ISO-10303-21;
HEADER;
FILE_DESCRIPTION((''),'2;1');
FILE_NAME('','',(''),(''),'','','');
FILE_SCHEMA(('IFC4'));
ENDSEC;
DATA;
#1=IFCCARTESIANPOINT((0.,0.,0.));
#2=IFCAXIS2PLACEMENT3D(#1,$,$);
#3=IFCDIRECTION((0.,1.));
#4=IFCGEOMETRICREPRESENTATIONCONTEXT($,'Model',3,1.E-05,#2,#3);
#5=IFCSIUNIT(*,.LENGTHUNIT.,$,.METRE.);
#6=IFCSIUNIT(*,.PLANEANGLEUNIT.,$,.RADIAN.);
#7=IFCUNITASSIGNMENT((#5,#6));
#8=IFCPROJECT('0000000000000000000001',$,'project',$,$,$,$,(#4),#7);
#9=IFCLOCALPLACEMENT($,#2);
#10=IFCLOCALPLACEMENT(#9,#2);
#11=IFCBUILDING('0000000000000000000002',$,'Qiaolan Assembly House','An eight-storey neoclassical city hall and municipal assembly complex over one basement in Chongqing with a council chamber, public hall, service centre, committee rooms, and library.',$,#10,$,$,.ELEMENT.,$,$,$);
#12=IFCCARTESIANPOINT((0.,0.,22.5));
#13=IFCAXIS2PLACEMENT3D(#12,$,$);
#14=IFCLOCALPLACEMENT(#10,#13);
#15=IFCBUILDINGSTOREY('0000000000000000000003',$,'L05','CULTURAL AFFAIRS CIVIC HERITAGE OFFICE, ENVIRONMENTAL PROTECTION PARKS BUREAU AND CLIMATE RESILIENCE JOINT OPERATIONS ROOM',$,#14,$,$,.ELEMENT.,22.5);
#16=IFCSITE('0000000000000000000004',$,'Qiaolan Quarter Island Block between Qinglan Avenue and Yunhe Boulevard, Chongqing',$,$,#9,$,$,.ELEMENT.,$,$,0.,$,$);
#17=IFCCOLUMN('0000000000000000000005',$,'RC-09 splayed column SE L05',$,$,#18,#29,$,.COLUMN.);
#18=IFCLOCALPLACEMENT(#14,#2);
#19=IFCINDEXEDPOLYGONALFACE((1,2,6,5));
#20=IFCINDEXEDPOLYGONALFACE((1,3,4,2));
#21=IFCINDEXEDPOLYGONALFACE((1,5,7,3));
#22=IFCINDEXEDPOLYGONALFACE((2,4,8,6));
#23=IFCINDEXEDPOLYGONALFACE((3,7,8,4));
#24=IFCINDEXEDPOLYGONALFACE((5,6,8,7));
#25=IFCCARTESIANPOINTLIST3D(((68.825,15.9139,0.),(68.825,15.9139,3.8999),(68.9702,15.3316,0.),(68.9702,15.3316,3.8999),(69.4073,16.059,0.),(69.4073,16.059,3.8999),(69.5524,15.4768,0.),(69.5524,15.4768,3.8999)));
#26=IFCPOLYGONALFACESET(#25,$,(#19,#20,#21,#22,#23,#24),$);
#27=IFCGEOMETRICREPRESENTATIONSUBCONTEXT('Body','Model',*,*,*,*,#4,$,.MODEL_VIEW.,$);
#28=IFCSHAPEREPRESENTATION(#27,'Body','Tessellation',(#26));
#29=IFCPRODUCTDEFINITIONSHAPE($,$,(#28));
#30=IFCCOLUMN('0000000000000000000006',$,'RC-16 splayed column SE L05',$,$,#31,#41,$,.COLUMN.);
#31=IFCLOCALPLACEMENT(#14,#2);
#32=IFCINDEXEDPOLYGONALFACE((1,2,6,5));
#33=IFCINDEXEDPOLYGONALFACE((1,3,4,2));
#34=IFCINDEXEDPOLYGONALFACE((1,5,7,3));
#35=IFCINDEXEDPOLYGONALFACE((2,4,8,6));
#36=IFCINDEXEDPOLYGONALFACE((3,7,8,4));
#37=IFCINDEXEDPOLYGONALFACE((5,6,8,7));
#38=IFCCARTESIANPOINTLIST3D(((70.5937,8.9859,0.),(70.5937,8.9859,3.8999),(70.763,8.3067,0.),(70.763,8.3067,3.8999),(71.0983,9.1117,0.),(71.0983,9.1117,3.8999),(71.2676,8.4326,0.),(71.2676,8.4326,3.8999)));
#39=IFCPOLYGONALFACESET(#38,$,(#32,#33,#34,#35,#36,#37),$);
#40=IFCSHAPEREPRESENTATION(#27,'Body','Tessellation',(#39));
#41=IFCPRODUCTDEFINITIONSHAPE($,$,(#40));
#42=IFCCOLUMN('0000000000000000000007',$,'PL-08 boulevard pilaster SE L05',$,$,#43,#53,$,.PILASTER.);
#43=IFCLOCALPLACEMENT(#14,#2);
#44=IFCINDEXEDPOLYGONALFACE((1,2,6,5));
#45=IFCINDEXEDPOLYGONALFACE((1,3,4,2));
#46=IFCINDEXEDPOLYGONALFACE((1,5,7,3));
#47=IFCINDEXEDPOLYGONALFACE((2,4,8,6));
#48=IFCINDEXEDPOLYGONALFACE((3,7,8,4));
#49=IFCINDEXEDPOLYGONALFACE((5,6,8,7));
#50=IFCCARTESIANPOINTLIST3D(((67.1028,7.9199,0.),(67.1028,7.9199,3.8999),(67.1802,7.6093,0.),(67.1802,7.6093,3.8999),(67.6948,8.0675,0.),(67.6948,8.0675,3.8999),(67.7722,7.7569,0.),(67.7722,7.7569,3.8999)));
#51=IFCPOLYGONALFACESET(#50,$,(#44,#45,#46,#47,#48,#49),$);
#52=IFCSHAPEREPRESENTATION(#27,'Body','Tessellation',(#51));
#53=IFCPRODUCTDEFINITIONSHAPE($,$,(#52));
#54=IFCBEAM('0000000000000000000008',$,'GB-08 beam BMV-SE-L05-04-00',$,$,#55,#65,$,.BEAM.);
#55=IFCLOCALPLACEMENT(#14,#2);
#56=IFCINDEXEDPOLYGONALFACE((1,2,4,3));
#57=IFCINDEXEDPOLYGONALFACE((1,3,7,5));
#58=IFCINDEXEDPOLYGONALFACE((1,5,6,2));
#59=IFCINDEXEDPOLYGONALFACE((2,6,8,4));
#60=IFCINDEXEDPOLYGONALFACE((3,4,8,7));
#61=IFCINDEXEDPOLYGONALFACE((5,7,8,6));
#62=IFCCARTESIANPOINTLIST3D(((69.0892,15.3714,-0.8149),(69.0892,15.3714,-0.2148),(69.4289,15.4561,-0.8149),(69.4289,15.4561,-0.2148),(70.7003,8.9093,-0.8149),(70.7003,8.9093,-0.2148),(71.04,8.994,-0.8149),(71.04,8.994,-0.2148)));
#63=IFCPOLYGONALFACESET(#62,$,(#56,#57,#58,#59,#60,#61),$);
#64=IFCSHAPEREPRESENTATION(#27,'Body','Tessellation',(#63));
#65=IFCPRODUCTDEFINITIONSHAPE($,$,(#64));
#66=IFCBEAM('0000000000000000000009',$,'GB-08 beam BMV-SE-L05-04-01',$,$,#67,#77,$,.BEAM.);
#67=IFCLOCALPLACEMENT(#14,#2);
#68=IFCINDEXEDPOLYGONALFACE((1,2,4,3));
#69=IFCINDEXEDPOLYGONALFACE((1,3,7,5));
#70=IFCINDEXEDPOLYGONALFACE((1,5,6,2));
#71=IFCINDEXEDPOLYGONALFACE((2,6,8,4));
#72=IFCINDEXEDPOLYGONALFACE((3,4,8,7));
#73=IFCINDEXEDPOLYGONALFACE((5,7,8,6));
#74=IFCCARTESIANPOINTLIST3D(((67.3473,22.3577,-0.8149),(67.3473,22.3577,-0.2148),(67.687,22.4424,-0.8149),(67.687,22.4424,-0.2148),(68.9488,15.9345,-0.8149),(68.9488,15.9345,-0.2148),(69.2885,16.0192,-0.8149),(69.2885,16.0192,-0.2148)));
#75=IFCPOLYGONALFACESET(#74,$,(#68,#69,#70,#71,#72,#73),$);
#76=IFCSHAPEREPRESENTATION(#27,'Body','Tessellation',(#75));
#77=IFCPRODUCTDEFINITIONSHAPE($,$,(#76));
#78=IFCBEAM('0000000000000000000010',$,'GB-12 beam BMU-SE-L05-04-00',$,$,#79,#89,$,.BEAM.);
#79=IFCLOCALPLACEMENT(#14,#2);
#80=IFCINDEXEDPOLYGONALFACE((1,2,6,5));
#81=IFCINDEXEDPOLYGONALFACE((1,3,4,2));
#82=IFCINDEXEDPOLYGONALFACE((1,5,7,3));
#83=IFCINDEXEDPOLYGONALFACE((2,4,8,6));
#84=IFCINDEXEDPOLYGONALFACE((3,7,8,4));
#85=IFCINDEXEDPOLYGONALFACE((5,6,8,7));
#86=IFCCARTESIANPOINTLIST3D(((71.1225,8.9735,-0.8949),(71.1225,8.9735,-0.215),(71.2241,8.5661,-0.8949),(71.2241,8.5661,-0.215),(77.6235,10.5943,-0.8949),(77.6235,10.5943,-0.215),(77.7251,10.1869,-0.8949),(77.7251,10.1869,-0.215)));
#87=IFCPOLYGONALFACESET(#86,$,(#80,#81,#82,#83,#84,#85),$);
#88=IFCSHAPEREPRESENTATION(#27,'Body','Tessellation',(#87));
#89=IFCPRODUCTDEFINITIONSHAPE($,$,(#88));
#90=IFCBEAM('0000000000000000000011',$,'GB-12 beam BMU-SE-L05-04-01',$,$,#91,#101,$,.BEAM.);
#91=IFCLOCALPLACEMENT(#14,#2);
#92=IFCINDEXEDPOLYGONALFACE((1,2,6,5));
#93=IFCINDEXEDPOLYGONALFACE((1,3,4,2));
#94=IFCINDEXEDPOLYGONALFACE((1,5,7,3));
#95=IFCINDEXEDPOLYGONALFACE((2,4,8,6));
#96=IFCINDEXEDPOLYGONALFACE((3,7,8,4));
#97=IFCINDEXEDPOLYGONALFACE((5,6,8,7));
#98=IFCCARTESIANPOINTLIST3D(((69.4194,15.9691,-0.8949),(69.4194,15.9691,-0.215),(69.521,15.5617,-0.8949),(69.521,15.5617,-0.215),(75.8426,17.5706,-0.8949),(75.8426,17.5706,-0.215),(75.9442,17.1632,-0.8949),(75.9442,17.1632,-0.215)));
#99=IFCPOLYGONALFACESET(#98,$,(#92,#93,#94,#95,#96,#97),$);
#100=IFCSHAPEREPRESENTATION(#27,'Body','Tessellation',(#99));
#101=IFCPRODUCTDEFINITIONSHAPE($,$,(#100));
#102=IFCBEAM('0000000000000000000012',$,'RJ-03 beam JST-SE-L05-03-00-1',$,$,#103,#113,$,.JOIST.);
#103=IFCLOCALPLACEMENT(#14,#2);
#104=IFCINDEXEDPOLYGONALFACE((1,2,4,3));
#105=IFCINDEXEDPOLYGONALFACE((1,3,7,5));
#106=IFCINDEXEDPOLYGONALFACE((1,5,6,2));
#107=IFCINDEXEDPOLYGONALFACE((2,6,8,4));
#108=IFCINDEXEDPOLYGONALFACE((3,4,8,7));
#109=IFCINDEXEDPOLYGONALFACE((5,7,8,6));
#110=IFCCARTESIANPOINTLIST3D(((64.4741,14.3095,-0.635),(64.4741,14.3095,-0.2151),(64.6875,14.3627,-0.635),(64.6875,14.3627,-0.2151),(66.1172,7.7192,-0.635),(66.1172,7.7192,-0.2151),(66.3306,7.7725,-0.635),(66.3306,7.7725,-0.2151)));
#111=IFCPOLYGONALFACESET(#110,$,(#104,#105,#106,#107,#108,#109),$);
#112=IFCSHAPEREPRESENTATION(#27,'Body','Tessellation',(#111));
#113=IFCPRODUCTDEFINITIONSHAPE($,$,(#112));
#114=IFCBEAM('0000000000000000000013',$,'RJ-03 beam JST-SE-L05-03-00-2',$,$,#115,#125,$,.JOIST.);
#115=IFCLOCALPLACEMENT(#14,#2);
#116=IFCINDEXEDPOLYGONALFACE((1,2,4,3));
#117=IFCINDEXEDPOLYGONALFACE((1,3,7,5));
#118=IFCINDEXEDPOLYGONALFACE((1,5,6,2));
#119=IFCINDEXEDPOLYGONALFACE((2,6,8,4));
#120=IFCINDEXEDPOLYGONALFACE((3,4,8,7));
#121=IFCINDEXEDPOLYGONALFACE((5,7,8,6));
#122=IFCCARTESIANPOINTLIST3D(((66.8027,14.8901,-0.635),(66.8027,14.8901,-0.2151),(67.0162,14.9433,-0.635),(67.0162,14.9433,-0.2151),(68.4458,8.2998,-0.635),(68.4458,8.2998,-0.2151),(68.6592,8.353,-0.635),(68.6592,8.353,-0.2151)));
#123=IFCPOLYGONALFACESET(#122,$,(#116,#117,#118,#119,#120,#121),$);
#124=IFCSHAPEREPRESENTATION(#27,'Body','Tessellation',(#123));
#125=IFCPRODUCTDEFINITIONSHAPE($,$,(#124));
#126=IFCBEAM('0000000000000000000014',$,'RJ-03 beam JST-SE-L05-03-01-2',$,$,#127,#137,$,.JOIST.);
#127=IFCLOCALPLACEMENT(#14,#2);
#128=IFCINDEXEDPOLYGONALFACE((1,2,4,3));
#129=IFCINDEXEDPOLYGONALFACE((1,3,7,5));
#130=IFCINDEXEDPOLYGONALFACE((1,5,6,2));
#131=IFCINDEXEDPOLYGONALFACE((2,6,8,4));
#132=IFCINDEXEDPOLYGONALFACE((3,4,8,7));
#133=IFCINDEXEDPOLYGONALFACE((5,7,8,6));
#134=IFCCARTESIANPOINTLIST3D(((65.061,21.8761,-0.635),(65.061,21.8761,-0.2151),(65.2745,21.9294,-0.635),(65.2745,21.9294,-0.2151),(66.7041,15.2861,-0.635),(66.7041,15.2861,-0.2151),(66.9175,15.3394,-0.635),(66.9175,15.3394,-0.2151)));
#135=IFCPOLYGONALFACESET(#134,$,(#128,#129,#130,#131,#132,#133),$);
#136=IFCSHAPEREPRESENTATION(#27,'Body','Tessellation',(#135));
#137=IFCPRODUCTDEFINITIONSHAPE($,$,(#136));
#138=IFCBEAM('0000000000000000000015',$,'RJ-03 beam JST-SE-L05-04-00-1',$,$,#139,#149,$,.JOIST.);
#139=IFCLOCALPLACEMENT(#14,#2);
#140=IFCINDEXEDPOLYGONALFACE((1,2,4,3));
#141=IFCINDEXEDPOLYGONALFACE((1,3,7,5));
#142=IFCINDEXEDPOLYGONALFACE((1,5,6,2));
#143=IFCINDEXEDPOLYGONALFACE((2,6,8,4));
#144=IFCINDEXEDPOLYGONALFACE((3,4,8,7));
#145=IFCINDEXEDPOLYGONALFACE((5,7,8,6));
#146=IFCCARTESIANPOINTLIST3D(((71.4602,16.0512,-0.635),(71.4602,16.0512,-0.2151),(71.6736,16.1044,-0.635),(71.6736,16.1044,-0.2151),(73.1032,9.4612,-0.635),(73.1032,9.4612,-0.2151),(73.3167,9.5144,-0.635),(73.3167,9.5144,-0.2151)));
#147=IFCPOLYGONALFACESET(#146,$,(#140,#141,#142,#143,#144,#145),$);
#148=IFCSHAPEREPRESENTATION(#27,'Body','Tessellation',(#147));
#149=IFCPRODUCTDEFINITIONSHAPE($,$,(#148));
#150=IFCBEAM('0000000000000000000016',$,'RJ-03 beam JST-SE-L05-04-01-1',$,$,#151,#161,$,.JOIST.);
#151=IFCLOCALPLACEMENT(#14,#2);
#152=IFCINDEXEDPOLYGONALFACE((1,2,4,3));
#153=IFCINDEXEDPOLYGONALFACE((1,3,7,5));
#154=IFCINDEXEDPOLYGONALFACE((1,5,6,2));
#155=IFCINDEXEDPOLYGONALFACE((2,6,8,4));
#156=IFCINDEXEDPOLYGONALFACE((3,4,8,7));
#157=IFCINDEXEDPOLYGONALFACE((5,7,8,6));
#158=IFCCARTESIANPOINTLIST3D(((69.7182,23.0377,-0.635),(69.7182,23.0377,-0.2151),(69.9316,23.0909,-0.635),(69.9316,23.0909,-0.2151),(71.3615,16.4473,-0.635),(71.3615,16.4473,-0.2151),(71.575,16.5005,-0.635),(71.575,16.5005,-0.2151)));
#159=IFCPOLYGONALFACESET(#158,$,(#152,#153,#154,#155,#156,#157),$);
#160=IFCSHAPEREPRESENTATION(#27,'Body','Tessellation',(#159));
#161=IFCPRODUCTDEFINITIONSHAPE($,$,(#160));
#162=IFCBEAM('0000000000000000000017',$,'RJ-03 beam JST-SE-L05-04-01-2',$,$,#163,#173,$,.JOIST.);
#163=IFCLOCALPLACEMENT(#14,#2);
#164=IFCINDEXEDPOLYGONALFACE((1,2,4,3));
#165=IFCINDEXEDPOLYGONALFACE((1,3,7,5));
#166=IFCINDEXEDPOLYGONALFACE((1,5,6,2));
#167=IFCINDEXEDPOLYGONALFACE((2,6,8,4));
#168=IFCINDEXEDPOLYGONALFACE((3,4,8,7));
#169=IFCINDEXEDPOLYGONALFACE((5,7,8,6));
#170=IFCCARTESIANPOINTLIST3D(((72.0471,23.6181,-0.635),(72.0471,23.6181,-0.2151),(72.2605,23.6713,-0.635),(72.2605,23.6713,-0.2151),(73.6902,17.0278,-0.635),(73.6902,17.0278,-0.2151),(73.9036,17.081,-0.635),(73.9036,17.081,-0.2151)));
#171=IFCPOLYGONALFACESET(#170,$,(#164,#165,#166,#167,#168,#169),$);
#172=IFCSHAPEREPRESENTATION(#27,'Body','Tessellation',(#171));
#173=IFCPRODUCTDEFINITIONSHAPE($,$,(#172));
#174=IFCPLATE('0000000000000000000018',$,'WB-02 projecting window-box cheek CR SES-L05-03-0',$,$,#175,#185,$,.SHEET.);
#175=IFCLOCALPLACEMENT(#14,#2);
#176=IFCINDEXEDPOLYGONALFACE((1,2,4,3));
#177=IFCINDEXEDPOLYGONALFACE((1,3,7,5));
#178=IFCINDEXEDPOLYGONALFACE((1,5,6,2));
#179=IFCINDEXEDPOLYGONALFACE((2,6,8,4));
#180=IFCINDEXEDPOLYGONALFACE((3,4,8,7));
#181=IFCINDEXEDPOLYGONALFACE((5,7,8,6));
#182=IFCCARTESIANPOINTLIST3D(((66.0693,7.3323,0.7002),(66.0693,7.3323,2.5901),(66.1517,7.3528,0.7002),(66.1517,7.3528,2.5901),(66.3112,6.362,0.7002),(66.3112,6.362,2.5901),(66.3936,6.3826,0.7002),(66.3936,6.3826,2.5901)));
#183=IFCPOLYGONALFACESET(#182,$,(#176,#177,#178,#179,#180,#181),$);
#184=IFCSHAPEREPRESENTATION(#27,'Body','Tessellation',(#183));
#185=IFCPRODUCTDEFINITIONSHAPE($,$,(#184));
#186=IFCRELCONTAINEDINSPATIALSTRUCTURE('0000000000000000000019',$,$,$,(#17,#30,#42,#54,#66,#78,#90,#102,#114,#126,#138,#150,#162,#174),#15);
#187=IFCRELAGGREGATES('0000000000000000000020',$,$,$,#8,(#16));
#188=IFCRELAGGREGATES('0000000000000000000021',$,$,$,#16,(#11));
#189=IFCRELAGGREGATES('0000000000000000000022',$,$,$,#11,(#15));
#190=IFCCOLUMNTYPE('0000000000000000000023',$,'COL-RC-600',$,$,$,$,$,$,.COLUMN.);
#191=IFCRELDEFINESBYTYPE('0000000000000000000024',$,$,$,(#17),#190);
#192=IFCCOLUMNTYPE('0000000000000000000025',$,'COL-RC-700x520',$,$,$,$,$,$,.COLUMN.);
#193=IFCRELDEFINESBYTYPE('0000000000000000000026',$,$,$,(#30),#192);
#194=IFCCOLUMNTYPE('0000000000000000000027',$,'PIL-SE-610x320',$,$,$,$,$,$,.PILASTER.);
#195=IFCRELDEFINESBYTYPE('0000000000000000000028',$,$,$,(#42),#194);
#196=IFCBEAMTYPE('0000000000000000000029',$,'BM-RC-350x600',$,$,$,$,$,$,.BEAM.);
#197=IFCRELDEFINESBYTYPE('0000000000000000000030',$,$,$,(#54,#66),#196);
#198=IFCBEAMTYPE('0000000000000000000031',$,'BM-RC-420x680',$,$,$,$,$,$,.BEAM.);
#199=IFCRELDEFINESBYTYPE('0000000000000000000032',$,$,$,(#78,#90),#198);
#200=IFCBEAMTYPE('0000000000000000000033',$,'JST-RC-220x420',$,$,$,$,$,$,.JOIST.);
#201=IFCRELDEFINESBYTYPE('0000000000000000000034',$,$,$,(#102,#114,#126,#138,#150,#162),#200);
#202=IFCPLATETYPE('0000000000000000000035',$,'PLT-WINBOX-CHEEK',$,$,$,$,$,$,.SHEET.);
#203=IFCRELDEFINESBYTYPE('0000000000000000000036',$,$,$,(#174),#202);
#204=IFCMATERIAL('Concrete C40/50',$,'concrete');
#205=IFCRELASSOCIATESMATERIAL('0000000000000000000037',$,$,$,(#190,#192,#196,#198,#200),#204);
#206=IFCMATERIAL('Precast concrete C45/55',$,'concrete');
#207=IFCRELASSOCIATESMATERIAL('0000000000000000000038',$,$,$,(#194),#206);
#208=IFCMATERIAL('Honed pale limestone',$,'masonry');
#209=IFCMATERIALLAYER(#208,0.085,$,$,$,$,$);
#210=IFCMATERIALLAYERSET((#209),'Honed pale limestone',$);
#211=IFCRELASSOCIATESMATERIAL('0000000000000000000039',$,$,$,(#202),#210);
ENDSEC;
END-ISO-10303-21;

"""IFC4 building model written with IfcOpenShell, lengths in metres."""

from ifc_helpers import new_model, si_unit, direction, frame, origin, origin_2d, place, context, subcontext, project, spatial, rectangle, extrude, material, layer, layer_set, material_profile, profile_set, type_object, element, save


model = new_model("IFC4")

# Units and contexts
model_context = context("Model", 3, precision=1e-05, world=origin(), true_north=direction((0.0, 1.0)))
body_context = subcontext(model_context, "Body", "Model", "MODEL_VIEW")
ifc_project = project(units=[si_unit("LENGTHUNIT", "METRE"), si_unit("PLANEANGLEUNIT", "RADIAN")], contexts=[model_context])

# Site, building, storey
site_placement = place(None, origin())
site = spatial("IfcSite", under=ifc_project, at=site_placement, Name="Qiaolan Quarter Island Block between Qinglan Avenue and Yunhe Boulevard, Chongqing", CompositionType="ELEMENT", RefElevation=0.0)
building_placement = place(site_placement, origin())
building = spatial("IfcBuilding", under=site, at=building_placement, Name="Qiaolan Assembly House", Description="An eight-storey neoclassical city hall and municipal assembly complex over one basement in Chongqing with a council chamber, public hall, service centre, committee rooms, and library.", CompositionType="ELEMENT")
storey_placement = place(building_placement, frame((0.0, 0.0, 22.5)))
storey = spatial("IfcBuildingStorey", under=building, at=storey_placement, Name="L05", Description="CULTURAL AFFAIRS CIVIC HERITAGE OFFICE, ENVIRONMENTAL PROTECTION PARKS BUREAU AND CLIMATE RESILIENCE JOINT OPERATIONS ROOM", CompositionType="ELEMENT", Elevation=22.5)

# Columns
ifc_material_1 = material(Name="Concrete C40/50", Category="concrete")
ifc_material_profile_1 = material_profile(ifc_material_1, rectangle(XDim=0.6001, YDim=0.6001, at=origin_2d()), Name="RC 600x600")
ifc_profile_set_1 = profile_set([ifc_material_profile_1], Name="Concrete C40/50")
column_type_1 = type_object("IfcColumnType", Name="COL-RC-600", PredefinedType="COLUMN", material=ifc_profile_set_1)
column_1_placement = place(storey_placement, frame((69.1887, 15.6953, 0.0), z_axis=(0.0, 0.0, 1.0), x_axis=(0.970296, 0.241922, 0.0)))
element("IfcColumn", 1, at=column_1_placement, inside=storey, type_object=column_type_1, Name="RC-09 splayed column SE L05", PredefinedType="COLUMN", context=body_context, shape_type="SweptSolid", body=[
    extrude(rectangle(XDim=0.6001, YDim=0.6001, at=origin_2d()), origin(), (0.0, 0.0, 1.0), 3.8999),
])
ifc_material_profile_2 = material_profile(ifc_material_1, rectangle(XDim=0.52, YDim=0.7, at=origin_2d()), Name="RC 700x520")
ifc_profile_set_2 = profile_set([ifc_material_profile_2], Name="Concrete C40/50")
column_type_2 = type_object("IfcColumnType", Name="COL-RC-700x520", PredefinedType="COLUMN", material=ifc_profile_set_2)
column_2_placement = place(storey_placement, frame((70.9307, 8.7092, 0.0), z_axis=(0.0, 0.0, 1.0), x_axis=(0.970296, 0.241922, 0.0)))
element("IfcColumn", 2, at=column_2_placement, inside=storey, type_object=column_type_2, Name="RC-16 splayed column SE L05", PredefinedType="COLUMN", context=body_context, shape_type="SweptSolid", body=[
    extrude(rectangle(XDim=0.52, YDim=0.7, at=origin_2d()), origin(), (0.0, 0.0, 1.0), 3.8999),
])
ifc_material_2 = material(Name="Precast concrete C45/55", Category="concrete")
ifc_material_profile_3 = material_profile(ifc_material_2, rectangle(XDim=0.6101, YDim=0.3201, at=origin_2d()), Name="PIL 610x320")
ifc_profile_set_3 = profile_set([ifc_material_profile_3], Name="Precast concrete C45/55")
column_type_3 = type_object("IfcColumnType", Name="PIL-SE-610x320", PredefinedType="PILASTER", material=ifc_profile_set_3)
column_3_placement = place(storey_placement, frame((67.4375, 7.8384, 0.0), z_axis=(0.0, 0.0, 1.0), x_axis=(0.970296, 0.241922, 0.0)))
element("IfcColumn", 3, at=column_3_placement, inside=storey, type_object=column_type_3, Name="PL-08 boulevard pilaster SE L05", PredefinedType="PILASTER", context=body_context, shape_type="SweptSolid", body=[
    extrude(rectangle(XDim=0.6101, YDim=0.3201, at=origin_2d()), origin(), (0.0, 0.0, 1.0), 3.8999),
])

# Beams
ifc_material_profile_4 = material_profile(ifc_material_1, rectangle(XDim=0.3501, YDim=0.6001, at=origin_2d()), Name="RCB 350x600")
ifc_profile_set_4 = profile_set([ifc_material_profile_4], Name="Concrete C40/50")
beam_type_1 = type_object("IfcBeamType", Name="BM-RC-350x600", PredefinedType="BEAM", material=ifc_profile_set_4)
beam_1_placement = place(storey_placement, frame((70.8701, 8.9517, -0.5149), z_axis=(-0.241906, 0.9703, 0.0), x_axis=(-0.9703, -0.241906, 0.0)))
element("IfcBeam", 4, at=beam_1_placement, inside=storey, type_object=beam_type_1, Name="GB-08 beam BMV-SE-L05-04-00", PredefinedType="BEAM", context=body_context, shape_type="SweptSolid", body=[
    extrude(rectangle(XDim=0.3501, YDim=0.6001, at=origin_2d()), origin(), (0.0, 0.0, 1.0), 6.6599),
])
beam_2_placement = place(storey_placement, frame((69.1187, 15.9768, -0.5149), z_axis=(-0.241928, 0.970294, 0.0), x_axis=(-0.970294, -0.241928, 0.0)))
element("IfcBeam", 5, at=beam_2_placement, inside=storey, type_object=beam_type_1, Name="GB-08 beam BMV-SE-L05-04-01", PredefinedType="BEAM", context=body_context, shape_type="SweptSolid", body=[
    extrude(rectangle(XDim=0.3501, YDim=0.6001, at=origin_2d()), origin(), (0.0, 0.0, 1.0), 6.6199),
])
ifc_material_profile_5 = material_profile(ifc_material_1, rectangle(XDim=0.4199, YDim=0.6799, at=origin_2d()), Name="RCB 420x680")
ifc_profile_set_5 = profile_set([ifc_material_profile_5], Name="Concrete C40/50")
beam_type_2 = type_object("IfcBeamType", Name="BM-RC-420x680", PredefinedType="BEAM", material=ifc_profile_set_5)
beam_3_placement = place(storey_placement, frame((71.1733, 8.7698, -0.5549), z_axis=(0.970297, 0.241918, 0.0), x_axis=(-0.241918, 0.970297, 0.0)))
element("IfcBeam", 6, at=beam_3_placement, inside=storey, type_object=beam_type_2, Name="GB-12 beam BMU-SE-L05-04-00", PredefinedType="BEAM", context=body_context, shape_type="SweptSolid", body=[
    extrude(rectangle(XDim=0.4199, YDim=0.6799, at=origin_2d()), origin(), (0.0, 0.0, 1.0), 6.7),
])
beam_4_placement = place(storey_placement, frame((69.4702, 15.7654, -0.5549), z_axis=(0.970294, 0.241928, 0.0), x_axis=(-0.241928, 0.970294, 0.0)))
element("IfcBeam", 7, at=beam_4_placement, inside=storey, type_object=beam_type_2, Name="GB-12 beam BMU-SE-L05-04-01", PredefinedType="BEAM", context=body_context, shape_type="SweptSolid", body=[
    extrude(rectangle(XDim=0.4199, YDim=0.6799, at=origin_2d()), origin(), (0.0, 0.0, 1.0), 6.6199),
])
ifc_material_profile_6 = material_profile(ifc_material_1, rectangle(XDim=0.22, YDim=0.4199, at=origin_2d()), Name="RCB 220x420")
ifc_profile_set_6 = profile_set([ifc_material_profile_6], Name="Concrete C40/50")
beam_type_3 = type_object("IfcBeamType", Name="JST-RC-220x420", PredefinedType="JOIST", material=ifc_profile_set_6)
for number, where, z_axis, x_axis, name in (
    (8, (66.2239, 7.7458, -0.425), (-0.24191, 0.970299, 0.0), (-0.970299, -0.24191, 0.0), "RJ-03 beam JST-SE-L05-03-00-1"),
    (9, (68.5525, 8.3264, -0.425), (-0.24191, 0.970299, 0.0), (-0.970299, -0.24191, 0.0), "RJ-03 beam JST-SE-L05-03-00-2"),
):
    element("IfcBeam", number, at=place(storey_placement, frame(where, z_axis=z_axis, x_axis=x_axis)), inside=storey, type_object=beam_type_3, Name=name, PredefinedType="JOIST", context=body_context, shape_type="SweptSolid", body=[
        extrude(rectangle(XDim=0.22, YDim=0.4199, at=origin_2d()), origin(), (0.0, 0.0, 1.0), 6.792),
    ])
for number, where, z_axis, x_axis, name in (
    (10, (66.8108, 15.3127, -0.425), (-0.241918, 0.970297, 0.0), (-0.970297, -0.241918, 0.0), "RJ-03 beam JST-SE-L05-03-01-2"),
    (11, (73.21, 9.4878, -0.425), (-0.241918, 0.970297, 0.0), (-0.970297, -0.241918, 0.0), "RJ-03 beam JST-SE-L05-04-00-1"),
):
    element("IfcBeam", number, at=place(storey_placement, frame(where, z_axis=z_axis, x_axis=x_axis)), inside=storey, type_object=beam_type_3, Name=name, PredefinedType="JOIST", context=body_context, shape_type="SweptSolid", body=[
        extrude(rectangle(XDim=0.22, YDim=0.4199, at=origin_2d()), origin(), (0.0, 0.0, 1.0), 6.7917),
    ])
beam_5_placement = place(storey_placement, frame((71.4683, 16.4739, -0.425), z_axis=(-0.241944, 0.97029, 0.0), x_axis=(-0.97029, -0.241944, 0.0)))
element("IfcBeam", 12, at=beam_5_placement, inside=storey, type_object=beam_type_3, Name="RJ-03 beam JST-SE-L05-04-01-1", PredefinedType="JOIST", context=body_context, shape_type="SweptSolid", body=[
    extrude(rectangle(XDim=0.22, YDim=0.4199, at=origin_2d()), origin(), (0.0, 0.0, 1.0), 6.7922),
])
beam_6_placement = place(storey_placement, frame((73.7969, 17.0544, -0.425), z_axis=(-0.24191, 0.970299, 0.0), x_axis=(-0.970299, -0.24191, 0.0)))
element("IfcBeam", 13, at=beam_6_placement, inside=storey, type_object=beam_type_3, Name="RJ-03 beam JST-SE-L05-04-01-2", PredefinedType="JOIST", context=body_context, shape_type="SweptSolid", body=[
    extrude(rectangle(XDim=0.22, YDim=0.4199, at=origin_2d()), origin(), (0.0, 0.0, 1.0), 6.792),
])

# Plate
ifc_material_3 = material(Name="Honed pale limestone", Category="masonry")
ifc_layer_1 = layer(ifc_material_3, 0.085)
ifc_layer_set_1 = layer_set([ifc_layer_1], Name="Honed pale limestone")
plate_type = type_object("IfcPlateType", Name="PLT-WINBOX-CHEEK", PredefinedType="SHEET", material=ifc_layer_set_1)
plate_placement = place(storey_placement, frame((66.2314, 6.8574, 0.7002), z_axis=(0.0, 0.0, 1.0), x_axis=(0.970296, 0.241922, 0.0)))
element("IfcPlate", 14, at=plate_placement, inside=storey, type_object=plate_type, Name="WB-02 projecting window-box cheek CR SES-L05-03-0", PredefinedType="SHEET", context=body_context, shape_type="SweptSolid", body=[
    extrude(rectangle(XDim=0.085, YDim=1.0, at=origin_2d()), origin(), (0.0, 0.0, 1.0), 1.8899),
])

save(model, "model.ifc")
